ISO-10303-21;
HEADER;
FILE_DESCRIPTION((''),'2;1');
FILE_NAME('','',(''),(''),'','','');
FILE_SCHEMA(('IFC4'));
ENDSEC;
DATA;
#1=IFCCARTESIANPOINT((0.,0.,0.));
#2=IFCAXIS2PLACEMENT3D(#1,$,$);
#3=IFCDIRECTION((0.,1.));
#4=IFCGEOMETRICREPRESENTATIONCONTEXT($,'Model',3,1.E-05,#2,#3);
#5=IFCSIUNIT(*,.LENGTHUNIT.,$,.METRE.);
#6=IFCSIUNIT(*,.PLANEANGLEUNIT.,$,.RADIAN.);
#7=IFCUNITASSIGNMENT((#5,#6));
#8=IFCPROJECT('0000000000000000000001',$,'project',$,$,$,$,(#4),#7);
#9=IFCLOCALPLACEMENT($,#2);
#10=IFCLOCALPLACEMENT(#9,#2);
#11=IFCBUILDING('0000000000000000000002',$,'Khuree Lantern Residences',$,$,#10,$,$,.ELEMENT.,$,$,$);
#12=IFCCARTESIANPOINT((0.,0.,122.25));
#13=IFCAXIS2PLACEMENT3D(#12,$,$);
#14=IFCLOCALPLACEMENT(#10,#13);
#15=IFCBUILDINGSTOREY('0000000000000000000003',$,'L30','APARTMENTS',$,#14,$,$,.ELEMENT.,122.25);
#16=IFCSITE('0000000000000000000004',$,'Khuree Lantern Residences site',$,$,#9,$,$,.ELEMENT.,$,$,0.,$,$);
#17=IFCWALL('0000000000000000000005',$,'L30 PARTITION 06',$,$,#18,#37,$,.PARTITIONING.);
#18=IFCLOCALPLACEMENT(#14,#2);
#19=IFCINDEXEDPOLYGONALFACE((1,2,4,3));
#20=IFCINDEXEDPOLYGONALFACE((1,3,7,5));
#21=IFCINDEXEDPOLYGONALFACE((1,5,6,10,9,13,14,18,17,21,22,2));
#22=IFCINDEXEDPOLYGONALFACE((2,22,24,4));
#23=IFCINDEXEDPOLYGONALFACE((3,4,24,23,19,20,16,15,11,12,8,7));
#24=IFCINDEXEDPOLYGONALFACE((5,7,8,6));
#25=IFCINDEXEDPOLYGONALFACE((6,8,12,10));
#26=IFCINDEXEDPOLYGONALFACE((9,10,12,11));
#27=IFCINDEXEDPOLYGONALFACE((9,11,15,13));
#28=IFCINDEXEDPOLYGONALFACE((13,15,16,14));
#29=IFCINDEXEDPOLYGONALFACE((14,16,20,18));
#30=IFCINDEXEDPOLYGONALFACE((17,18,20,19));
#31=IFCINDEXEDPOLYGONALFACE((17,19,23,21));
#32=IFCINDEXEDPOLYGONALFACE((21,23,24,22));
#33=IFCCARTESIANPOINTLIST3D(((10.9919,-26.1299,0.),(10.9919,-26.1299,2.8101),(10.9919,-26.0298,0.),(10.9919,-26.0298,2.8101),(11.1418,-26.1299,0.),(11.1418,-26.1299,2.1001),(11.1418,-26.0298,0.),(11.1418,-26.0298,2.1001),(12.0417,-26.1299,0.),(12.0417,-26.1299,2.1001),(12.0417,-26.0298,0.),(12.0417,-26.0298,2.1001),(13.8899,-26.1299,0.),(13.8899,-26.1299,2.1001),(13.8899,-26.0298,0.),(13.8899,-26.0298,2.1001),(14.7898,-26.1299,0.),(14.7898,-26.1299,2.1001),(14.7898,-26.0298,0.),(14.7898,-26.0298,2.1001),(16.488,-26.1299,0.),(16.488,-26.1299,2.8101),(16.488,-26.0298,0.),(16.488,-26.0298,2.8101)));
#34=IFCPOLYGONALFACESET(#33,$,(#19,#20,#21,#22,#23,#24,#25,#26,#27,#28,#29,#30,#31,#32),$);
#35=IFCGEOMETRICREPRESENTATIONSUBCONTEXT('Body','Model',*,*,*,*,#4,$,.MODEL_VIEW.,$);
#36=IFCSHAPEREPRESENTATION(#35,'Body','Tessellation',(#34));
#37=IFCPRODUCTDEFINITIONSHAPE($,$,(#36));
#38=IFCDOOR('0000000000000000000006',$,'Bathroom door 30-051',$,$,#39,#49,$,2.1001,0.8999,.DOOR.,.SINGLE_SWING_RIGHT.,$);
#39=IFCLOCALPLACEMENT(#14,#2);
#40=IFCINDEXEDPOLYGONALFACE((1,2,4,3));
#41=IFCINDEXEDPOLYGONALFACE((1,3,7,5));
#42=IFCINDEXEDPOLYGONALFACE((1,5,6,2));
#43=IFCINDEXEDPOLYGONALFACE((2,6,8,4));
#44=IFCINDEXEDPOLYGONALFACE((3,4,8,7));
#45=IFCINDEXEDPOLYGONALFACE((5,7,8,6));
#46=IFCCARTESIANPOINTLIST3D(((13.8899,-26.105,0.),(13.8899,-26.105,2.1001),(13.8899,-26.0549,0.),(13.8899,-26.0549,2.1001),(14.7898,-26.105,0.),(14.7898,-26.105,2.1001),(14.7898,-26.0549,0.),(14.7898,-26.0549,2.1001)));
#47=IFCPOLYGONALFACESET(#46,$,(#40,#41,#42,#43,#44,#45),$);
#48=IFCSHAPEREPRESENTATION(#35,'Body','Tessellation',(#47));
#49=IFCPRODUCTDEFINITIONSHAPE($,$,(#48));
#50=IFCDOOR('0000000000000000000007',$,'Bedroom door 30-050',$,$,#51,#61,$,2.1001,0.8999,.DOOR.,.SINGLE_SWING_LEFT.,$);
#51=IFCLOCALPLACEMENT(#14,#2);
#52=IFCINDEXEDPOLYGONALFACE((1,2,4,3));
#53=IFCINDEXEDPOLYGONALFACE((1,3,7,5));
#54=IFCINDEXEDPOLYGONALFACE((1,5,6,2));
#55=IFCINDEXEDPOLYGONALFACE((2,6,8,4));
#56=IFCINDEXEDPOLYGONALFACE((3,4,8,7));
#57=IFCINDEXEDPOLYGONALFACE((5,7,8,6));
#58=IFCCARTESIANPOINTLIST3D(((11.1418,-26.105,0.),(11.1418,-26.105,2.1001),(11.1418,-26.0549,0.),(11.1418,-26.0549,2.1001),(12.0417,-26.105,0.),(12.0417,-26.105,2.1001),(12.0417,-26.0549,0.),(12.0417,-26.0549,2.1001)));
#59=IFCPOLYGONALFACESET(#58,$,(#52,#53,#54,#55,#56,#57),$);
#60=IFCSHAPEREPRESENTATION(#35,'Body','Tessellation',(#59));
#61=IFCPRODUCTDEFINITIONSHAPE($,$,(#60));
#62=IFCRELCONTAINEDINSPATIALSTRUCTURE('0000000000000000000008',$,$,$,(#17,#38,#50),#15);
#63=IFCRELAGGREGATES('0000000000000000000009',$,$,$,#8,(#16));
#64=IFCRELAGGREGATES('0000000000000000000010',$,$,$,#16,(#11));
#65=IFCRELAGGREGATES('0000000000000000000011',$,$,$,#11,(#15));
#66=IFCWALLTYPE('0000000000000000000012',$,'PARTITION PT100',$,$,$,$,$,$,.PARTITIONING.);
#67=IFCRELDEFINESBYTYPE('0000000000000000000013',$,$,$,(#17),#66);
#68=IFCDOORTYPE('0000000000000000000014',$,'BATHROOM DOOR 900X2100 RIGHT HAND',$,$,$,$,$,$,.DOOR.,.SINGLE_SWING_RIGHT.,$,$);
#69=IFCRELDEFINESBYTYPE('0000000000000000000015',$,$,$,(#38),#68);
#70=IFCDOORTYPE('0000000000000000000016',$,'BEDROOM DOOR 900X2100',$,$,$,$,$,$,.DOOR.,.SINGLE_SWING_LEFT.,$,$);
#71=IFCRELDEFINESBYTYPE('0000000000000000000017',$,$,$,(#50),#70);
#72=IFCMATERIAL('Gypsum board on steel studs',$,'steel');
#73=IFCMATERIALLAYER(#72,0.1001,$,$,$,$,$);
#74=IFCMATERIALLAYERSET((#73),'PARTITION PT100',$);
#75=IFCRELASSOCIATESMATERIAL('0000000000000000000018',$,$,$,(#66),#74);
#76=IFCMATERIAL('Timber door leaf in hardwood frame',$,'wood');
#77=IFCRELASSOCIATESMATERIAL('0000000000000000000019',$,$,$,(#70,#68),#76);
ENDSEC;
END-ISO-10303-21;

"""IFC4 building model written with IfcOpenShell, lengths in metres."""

from ifc_helpers import new_model, si_unit, direction, frame, frame_2d, origin, place, context, subcontext, project, spatial, rectangle, extrude, material, layer, layer_set, type_object, element, fill, save


model = new_model("IFC4")

# Units and contexts
model_context = context("Model", 3, precision=1e-05, world=origin(), true_north=direction((0.0, 1.0)))
body_context = subcontext(model_context, "Body", "Model", "MODEL_VIEW")
ifc_project = project(units=[si_unit("LENGTHUNIT", "METRE"), si_unit("PLANEANGLEUNIT", "RADIAN")], contexts=[model_context])

# Site, building, storey
site_placement = place(None, origin())
site = spatial("IfcSite", under=ifc_project, at=site_placement, Name="Khuree Lantern Residences site", CompositionType="ELEMENT", RefElevation=0.0)
building_placement = place(site_placement, origin())
building = spatial("IfcBuilding", under=site, at=building_placement, Name="Khuree Lantern Residences", CompositionType="ELEMENT")
storey_placement = place(building_placement, frame((0.0, 0.0, 122.25)))
storey = spatial("IfcBuildingStorey", under=building, at=storey_placement, Name="L30", Description="APARTMENTS", CompositionType="ELEMENT", Elevation=122.25)

# Shared definitions
ifc_material_1 = material(Name="Gypsum board on steel studs", Category="steel")
ifc_layer_1 = layer(ifc_material_1, 0.1001)
ifc_layer_set_1 = layer_set([ifc_layer_1], Name="PARTITION PT100")
wall_type = type_object("IfcWallType", Name="PARTITION PT100", PredefinedType="PARTITIONING", material=ifc_layer_set_1)

# Shared definitions
ifc_material_2 = material(Name="Timber door leaf in hardwood frame", Category="wood")
door_type_1 = type_object("IfcDoorType", Name="BEDROOM DOOR 900X2100", OperationType="SINGLE_SWING_LEFT", PredefinedType="DOOR", material=ifc_material_2)

# Wall, openings, doors
wall_1_placement = place(storey_placement, frame((10.9919, -26.0798, 0.0), z_axis=(0.0, 0.0, 1.0), x_axis=(1.0, 0.0, 0.0)))
wall_1 = element("IfcWall", 1, at=wall_1_placement, inside=storey, type_object=wall_type, Name="L30 PARTITION 06", PredefinedType="PARTITIONING", context=body_context, shape_type="SweptSolid", body=[
    extrude(rectangle(XDim=5.4961, YDim=0.1001, at=frame_2d((2.748, 0.0))), origin(), (0.0, 0.0, 1.0), 2.8101),
])
opening_1_placement = place(wall_1_placement, frame((0.1499, 0.0, 0.0)))
opening_1 = element("IfcOpeningElement", 2, at=opening_1_placement, cuts=wall_1, PredefinedType="OPENING", context=body_context, shape_type="SweptSolid", body=[
    extrude(rectangle(XDim=0.8999, YDim=2.1001, at=frame_2d((0.45, 1.05))), frame((0.0, 0.0601, 0.0), z_axis=(0.0, -1.0, 0.0), x_axis=(1.0, 0.0, 0.0)), (0.0, 0.0, 1.0), 0.1201),
])
opening_2_placement = place(wall_1_placement, frame((2.8979, 0.0, 0.0)))
opening_2 = element("IfcOpeningElement", 3, at=opening_2_placement, cuts=wall_1, PredefinedType="OPENING", context=body_context, shape_type="SweptSolid", body=[
    extrude(rectangle(XDim=0.8999, YDim=2.1001, at=frame_2d((0.45, 1.05))), frame((0.0, 0.0601, 0.0), z_axis=(0.0, -1.0, 0.0), x_axis=(1.0, 0.0, 0.0)), (0.0, 0.0, 1.0), 0.1201),
])
door_type_2 = type_object("IfcDoorType", Name="BATHROOM DOOR 900X2100 RIGHT HAND", OperationType="SINGLE_SWING_RIGHT", PredefinedType="DOOR", material=ifc_material_2)
door_1_placement = place(opening_2_placement, origin())
door_1 = element("IfcDoor", 4, at=door_1_placement, inside=storey, type_object=door_type_2, Name="Bathroom door 30-051", OperationType="SINGLE_SWING_RIGHT", OverallHeight=2.1001, OverallWidth=0.8999, PredefinedType="DOOR", context=body_context, shape_type="SweptSolid", body=[
    extrude(rectangle(XDim=0.8999, YDim=2.1001, at=frame_2d((0.45, 1.05))), frame((0.0, 0.0249, 0.0), z_axis=(0.0, -1.0, 0.0), x_axis=(1.0, 0.0, 0.0)), (0.0, 0.0, 1.0), 0.05),
])
fill(opening_2, door_1)
door_2_placement = place(opening_1_placement, origin())
door_2 = element("IfcDoor", 5, at=door_2_placement, inside=storey, type_object=door_type_1, Name="Bedroom door 30-050", OperationType="SINGLE_SWING_LEFT", OverallHeight=2.1001, OverallWidth=0.8999, PredefinedType="DOOR", context=body_context, shape_type="SweptSolid", body=[
    extrude(rectangle(XDim=0.8999, YDim=2.1001, at=frame_2d((0.45, 1.05))), frame((0.0, 0.0249, 0.0), z_axis=(0.0, -1.0, 0.0), x_axis=(1.0, 0.0, 0.0)), (0.0, 0.0, 1.0), 0.05),
])
fill(opening_1, door_2)

save(model, "model.ifc")
